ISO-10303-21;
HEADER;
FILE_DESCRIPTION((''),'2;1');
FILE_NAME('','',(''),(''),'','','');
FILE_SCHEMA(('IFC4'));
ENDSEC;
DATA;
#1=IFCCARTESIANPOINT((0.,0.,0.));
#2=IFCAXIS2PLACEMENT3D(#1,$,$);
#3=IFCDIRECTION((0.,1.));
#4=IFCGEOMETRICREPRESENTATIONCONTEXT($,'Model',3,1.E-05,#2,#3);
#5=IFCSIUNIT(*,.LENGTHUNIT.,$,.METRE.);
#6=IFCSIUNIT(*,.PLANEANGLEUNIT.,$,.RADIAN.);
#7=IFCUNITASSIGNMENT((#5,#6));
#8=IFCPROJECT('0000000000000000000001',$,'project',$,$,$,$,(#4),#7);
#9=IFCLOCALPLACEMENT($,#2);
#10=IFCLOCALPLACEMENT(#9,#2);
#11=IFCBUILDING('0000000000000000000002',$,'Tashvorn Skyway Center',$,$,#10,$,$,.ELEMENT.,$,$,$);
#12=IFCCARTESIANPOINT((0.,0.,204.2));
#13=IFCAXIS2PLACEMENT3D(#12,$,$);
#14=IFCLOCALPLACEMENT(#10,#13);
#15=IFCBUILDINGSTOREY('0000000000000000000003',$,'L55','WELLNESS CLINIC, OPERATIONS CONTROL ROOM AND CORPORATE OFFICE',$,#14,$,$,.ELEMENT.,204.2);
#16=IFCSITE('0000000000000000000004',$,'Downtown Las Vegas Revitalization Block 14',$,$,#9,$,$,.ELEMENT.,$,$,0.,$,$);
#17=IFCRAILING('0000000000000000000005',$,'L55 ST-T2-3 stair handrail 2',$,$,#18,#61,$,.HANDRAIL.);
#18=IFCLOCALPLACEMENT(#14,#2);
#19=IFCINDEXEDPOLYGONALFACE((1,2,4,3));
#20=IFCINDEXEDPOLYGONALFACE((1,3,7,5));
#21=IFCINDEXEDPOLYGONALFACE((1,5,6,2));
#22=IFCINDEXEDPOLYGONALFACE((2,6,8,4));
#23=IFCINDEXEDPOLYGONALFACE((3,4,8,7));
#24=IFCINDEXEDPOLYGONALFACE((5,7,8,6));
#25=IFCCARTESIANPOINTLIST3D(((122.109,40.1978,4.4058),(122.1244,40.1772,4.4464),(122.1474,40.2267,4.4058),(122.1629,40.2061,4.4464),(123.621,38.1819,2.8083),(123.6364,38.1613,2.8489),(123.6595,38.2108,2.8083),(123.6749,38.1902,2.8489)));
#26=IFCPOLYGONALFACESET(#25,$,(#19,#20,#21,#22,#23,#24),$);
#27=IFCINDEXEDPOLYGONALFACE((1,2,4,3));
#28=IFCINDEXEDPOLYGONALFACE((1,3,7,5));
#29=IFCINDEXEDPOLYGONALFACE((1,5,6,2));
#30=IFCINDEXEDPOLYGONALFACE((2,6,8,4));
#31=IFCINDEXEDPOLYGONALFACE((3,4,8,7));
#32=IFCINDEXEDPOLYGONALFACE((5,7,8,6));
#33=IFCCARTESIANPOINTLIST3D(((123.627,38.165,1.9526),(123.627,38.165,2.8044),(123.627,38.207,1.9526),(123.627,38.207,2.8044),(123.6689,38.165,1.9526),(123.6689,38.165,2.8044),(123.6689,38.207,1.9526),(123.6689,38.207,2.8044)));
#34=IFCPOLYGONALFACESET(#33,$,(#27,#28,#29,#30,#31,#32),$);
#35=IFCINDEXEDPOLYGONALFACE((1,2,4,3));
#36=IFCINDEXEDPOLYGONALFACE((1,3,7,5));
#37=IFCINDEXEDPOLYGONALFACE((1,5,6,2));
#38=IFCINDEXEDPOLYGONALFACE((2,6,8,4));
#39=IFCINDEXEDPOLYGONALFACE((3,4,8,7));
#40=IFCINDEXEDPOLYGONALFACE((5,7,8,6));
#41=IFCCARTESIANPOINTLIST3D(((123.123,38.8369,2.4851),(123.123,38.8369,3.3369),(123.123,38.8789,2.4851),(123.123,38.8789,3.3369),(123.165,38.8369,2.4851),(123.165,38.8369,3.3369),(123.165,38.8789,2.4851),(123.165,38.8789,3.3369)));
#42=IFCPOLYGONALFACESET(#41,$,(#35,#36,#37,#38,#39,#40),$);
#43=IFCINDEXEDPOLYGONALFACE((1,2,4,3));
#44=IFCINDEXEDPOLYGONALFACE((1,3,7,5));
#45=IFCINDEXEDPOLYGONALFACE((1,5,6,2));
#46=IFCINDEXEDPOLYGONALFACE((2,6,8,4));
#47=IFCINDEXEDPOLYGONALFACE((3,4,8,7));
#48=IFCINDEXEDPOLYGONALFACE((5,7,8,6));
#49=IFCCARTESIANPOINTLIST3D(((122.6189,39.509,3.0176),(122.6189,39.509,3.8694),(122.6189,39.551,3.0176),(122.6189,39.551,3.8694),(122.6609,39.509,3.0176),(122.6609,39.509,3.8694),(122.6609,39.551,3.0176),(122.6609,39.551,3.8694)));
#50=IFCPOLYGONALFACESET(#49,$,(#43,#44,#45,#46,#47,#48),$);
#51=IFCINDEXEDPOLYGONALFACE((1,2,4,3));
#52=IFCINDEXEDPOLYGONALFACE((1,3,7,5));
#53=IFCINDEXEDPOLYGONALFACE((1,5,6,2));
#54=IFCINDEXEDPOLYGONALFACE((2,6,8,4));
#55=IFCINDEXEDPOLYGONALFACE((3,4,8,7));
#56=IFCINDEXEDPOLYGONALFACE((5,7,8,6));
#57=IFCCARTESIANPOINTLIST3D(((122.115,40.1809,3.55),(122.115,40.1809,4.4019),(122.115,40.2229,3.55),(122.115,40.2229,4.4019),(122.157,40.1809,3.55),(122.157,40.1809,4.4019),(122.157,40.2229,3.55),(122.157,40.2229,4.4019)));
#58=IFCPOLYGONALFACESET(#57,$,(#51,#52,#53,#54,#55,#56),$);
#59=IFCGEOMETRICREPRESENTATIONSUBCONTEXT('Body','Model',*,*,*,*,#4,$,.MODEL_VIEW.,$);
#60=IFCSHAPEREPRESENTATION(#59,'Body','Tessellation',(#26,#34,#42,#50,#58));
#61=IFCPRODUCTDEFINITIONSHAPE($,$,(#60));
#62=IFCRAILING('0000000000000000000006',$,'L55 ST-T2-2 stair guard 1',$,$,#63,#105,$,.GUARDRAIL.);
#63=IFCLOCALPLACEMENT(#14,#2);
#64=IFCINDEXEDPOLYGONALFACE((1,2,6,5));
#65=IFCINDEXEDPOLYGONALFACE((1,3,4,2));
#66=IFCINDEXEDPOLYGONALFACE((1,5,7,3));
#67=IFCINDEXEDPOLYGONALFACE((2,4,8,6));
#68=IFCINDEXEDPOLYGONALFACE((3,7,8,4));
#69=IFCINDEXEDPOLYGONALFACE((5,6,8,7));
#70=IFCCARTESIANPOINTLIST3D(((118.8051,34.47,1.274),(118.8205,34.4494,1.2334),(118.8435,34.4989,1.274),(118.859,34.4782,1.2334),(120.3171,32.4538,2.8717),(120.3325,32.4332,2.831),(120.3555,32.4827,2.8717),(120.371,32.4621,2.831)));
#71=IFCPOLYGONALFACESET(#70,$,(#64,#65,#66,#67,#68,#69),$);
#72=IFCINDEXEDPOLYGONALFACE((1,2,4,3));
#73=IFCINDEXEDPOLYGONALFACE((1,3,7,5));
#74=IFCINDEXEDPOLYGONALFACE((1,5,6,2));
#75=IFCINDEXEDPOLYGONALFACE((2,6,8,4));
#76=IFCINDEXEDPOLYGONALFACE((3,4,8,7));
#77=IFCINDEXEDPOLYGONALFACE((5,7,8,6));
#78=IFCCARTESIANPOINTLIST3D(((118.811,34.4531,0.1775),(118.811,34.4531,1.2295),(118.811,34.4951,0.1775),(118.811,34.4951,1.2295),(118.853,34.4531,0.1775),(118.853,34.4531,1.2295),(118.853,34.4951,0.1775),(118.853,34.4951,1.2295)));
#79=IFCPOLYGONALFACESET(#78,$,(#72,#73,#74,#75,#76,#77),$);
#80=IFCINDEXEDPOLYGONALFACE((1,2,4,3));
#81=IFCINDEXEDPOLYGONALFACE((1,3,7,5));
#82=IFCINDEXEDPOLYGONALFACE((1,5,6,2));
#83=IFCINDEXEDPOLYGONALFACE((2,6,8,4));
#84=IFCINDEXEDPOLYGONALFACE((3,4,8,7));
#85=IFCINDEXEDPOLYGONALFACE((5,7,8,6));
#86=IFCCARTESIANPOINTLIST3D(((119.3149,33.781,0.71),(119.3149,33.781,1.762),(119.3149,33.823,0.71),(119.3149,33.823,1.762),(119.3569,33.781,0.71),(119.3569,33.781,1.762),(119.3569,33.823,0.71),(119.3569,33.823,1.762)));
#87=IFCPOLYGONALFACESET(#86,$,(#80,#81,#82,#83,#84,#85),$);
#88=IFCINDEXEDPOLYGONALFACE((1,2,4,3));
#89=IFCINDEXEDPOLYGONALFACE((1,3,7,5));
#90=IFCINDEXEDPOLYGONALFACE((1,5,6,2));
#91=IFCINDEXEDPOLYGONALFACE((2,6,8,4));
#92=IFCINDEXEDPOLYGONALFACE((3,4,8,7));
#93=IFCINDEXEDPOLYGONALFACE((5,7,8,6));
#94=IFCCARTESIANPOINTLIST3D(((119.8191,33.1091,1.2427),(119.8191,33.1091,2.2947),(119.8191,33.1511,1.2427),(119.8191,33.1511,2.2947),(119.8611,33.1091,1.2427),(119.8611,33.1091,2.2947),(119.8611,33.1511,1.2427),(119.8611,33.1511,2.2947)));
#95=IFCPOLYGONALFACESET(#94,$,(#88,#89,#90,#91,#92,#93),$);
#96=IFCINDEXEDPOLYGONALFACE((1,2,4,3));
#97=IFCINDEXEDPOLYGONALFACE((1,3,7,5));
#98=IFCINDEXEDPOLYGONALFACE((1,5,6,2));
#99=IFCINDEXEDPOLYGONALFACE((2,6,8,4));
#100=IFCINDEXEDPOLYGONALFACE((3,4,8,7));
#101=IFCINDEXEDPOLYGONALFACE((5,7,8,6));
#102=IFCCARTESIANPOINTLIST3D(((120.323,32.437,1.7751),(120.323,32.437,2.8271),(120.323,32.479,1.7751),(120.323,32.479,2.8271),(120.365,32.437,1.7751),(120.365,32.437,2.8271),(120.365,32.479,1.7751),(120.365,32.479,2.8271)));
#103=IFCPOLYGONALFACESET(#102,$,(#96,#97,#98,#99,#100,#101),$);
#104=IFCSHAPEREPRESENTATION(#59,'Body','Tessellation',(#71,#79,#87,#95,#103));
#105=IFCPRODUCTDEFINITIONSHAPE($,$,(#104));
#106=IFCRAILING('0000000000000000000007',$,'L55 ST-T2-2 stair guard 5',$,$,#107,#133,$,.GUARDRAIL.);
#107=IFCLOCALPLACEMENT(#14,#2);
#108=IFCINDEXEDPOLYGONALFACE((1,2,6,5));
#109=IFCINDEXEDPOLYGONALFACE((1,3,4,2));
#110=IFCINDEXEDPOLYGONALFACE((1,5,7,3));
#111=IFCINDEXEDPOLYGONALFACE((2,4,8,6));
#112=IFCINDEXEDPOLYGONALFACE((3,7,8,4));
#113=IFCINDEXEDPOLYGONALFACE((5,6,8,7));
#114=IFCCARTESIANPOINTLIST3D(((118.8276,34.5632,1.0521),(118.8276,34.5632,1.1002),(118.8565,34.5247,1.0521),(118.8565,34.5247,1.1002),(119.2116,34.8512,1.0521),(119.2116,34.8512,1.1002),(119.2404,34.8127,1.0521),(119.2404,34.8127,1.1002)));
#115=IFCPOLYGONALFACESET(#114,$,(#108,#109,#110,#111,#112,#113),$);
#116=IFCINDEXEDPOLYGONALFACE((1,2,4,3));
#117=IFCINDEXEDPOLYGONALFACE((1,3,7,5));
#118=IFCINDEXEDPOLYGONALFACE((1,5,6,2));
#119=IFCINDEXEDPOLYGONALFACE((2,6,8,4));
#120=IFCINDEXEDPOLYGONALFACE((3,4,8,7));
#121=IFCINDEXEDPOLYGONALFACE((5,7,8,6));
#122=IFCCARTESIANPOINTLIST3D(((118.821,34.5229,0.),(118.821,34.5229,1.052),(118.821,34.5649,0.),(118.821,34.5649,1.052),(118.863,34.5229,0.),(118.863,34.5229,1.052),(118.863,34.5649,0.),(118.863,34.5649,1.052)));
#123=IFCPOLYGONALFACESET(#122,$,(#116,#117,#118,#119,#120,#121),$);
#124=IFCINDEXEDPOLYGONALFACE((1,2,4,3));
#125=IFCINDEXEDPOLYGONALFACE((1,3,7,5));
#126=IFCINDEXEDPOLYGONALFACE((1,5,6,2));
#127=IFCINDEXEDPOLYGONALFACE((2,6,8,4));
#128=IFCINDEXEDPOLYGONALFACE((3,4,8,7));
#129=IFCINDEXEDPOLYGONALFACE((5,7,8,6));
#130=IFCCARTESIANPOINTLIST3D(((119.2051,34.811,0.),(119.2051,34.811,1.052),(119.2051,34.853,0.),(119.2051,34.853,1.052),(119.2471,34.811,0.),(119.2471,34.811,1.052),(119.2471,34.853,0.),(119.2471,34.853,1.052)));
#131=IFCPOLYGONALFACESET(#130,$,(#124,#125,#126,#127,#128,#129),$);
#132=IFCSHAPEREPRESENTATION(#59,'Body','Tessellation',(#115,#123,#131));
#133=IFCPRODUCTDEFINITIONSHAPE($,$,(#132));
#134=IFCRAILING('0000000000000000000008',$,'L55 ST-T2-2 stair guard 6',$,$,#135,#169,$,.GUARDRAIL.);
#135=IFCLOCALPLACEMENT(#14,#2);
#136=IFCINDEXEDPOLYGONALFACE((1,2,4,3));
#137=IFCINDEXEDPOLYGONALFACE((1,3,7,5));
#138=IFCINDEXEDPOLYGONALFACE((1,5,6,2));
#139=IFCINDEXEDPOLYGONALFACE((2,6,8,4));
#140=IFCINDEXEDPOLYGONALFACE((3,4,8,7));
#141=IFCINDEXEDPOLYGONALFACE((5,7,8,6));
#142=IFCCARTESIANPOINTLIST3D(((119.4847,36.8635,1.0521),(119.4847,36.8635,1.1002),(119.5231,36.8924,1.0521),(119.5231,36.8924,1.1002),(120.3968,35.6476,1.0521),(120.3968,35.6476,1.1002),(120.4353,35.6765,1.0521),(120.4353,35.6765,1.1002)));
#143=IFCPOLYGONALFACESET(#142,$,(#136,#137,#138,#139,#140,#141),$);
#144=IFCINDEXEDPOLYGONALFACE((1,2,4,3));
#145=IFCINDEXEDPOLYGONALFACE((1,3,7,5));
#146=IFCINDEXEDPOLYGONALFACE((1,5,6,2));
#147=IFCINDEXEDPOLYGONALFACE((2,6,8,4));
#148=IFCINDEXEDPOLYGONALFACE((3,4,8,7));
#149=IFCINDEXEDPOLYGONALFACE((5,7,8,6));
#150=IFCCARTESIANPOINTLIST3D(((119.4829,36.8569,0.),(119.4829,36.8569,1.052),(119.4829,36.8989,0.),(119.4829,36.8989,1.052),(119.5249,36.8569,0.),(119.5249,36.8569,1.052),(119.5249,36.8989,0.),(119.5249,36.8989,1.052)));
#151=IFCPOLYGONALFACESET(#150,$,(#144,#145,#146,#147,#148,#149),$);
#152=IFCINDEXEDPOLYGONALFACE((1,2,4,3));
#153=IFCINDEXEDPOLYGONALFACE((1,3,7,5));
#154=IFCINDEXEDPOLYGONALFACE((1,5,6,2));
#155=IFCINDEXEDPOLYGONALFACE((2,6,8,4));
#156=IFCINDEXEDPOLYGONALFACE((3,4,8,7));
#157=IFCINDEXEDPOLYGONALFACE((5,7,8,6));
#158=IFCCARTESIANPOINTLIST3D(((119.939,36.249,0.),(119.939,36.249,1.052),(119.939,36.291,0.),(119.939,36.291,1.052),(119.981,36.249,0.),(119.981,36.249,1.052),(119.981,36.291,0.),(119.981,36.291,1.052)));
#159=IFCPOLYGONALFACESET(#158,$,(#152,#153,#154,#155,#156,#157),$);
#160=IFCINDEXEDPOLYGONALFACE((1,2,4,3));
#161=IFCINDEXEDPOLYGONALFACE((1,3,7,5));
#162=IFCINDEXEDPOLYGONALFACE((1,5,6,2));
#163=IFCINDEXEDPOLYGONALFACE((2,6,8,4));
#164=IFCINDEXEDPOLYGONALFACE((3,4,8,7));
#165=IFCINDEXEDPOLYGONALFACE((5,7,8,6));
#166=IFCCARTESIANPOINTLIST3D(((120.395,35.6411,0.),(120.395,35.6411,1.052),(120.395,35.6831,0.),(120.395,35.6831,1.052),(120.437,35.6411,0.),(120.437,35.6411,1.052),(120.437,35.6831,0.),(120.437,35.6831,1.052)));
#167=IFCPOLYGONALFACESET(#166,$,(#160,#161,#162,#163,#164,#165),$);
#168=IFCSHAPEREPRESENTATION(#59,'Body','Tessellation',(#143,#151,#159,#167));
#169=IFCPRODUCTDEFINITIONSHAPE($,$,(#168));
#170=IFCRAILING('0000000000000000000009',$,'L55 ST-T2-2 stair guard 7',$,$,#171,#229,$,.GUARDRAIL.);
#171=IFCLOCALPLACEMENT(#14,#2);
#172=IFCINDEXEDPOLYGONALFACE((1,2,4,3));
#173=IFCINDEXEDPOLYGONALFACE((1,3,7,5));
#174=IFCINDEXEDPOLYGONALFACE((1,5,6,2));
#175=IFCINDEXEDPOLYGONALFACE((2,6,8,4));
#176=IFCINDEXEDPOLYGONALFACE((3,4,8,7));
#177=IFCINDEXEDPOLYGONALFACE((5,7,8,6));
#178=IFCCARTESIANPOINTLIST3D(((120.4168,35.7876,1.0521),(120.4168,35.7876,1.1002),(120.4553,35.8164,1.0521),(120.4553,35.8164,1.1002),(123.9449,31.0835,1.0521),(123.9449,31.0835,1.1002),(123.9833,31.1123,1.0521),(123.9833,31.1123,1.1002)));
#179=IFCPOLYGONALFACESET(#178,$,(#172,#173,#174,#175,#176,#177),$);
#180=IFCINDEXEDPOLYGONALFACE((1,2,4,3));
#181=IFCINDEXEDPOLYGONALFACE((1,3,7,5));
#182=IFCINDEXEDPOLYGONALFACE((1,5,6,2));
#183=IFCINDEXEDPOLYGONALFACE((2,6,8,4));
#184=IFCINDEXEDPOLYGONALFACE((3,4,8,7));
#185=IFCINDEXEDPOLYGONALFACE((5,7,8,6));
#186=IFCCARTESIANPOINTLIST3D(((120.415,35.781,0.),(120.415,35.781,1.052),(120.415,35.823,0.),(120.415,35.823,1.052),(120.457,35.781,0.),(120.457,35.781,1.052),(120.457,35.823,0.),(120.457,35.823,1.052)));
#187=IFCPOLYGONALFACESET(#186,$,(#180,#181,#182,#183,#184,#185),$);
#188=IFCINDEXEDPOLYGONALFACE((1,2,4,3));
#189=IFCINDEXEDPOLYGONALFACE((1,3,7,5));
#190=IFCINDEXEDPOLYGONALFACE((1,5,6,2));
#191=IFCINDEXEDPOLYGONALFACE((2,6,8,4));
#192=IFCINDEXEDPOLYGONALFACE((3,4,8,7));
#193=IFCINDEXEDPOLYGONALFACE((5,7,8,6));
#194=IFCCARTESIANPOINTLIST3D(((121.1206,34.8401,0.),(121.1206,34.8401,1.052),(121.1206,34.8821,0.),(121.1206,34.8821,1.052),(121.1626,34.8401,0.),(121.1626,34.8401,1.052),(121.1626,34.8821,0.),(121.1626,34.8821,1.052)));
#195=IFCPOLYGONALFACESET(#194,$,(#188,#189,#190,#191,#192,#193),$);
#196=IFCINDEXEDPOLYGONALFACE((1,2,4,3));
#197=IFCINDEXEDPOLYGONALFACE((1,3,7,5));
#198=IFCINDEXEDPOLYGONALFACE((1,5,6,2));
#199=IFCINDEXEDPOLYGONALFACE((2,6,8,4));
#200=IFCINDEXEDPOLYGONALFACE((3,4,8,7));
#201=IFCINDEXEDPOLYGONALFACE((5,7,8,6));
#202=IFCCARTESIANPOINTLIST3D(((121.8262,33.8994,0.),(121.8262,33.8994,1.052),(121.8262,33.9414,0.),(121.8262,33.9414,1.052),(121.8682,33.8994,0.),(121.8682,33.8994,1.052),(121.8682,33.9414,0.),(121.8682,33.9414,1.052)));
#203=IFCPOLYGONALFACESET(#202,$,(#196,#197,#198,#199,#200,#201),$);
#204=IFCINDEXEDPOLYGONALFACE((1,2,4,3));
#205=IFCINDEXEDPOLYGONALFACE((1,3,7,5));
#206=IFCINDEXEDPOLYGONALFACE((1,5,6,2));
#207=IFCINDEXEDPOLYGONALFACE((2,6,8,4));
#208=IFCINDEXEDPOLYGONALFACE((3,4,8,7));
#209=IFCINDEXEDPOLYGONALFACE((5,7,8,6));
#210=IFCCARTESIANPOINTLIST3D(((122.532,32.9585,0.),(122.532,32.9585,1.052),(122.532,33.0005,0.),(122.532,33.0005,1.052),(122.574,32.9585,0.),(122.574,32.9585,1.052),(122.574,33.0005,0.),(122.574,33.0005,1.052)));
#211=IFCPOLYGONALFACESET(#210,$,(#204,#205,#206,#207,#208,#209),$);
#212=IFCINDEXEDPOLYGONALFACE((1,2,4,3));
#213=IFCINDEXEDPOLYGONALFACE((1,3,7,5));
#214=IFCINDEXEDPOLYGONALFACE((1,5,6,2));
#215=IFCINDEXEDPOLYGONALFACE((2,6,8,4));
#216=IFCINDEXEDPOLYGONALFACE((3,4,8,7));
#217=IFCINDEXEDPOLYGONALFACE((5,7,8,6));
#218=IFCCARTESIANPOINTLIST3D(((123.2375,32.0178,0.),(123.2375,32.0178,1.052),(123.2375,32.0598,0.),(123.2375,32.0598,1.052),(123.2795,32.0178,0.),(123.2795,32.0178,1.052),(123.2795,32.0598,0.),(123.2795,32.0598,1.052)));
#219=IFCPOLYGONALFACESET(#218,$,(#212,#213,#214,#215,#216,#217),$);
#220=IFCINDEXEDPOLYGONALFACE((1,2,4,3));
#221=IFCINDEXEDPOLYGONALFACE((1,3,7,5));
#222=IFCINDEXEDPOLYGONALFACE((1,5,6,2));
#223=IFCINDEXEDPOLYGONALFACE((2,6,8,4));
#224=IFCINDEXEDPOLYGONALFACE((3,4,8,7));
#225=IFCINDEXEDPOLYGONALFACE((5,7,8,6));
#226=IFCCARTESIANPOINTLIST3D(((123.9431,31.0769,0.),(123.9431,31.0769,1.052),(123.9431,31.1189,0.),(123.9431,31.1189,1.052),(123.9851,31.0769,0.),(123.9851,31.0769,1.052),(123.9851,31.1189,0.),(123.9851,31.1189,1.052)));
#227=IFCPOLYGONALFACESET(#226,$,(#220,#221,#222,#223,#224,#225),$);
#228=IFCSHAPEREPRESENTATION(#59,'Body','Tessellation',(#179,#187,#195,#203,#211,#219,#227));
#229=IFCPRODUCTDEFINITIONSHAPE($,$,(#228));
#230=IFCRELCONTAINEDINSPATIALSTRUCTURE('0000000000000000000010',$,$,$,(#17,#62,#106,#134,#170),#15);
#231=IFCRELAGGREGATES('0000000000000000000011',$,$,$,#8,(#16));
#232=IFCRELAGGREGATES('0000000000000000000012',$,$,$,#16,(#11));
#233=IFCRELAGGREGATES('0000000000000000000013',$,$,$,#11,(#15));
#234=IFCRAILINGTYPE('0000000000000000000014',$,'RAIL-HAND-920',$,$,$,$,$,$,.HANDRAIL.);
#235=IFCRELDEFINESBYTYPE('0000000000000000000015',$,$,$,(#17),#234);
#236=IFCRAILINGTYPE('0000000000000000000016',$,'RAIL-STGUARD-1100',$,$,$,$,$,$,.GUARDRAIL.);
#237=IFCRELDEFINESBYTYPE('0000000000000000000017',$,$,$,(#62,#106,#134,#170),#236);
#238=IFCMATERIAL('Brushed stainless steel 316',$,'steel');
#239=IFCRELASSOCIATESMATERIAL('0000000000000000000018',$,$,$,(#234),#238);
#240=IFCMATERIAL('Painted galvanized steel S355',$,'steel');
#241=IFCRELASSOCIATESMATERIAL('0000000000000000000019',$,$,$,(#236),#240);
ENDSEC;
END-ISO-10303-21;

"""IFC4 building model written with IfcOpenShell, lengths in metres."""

from ifc_helpers import new_model, si_unit, direction, frame, origin, origin_2d, place, context, subcontext, project, spatial, rectangle, extrude, material, type_object, element, save


model = new_model("IFC4")

# Units and contexts
model_context = context("Model", 3, precision=1e-05, world=origin(), true_north=direction((0.0, 1.0)))
body_context = subcontext(model_context, "Body", "Model", "MODEL_VIEW")
ifc_project = project(units=[si_unit("LENGTHUNIT", "METRE"), si_unit("PLANEANGLEUNIT", "RADIAN")], contexts=[model_context])

# Site, building, storey
site_placement = place(None, origin())
site = spatial("IfcSite", under=ifc_project, at=site_placement, Name="Downtown Las Vegas Revitalization Block 14", CompositionType="ELEMENT", RefElevation=0.0)
building_placement = place(site_placement, origin())
building = spatial("IfcBuilding", under=site, at=building_placement, Name="Tashvorn Skyway Center", CompositionType="ELEMENT")
storey_placement = place(building_placement, frame((0.0, 0.0, 204.2)))
storey = spatial("IfcBuildingStorey", under=building, at=storey_placement, Name="L55", Description="WELLNESS CLINIC, OPERATIONS CONTROL ROOM AND CORPORATE OFFICE", CompositionType="ELEMENT", Elevation=204.2)

# Railings
ifc_material_1 = material(Name="Brushed stainless steel 316", Category="steel")
railing_type_1 = type_object("IfcRailingType", Name="RAIL-HAND-920", PredefinedType="HANDRAIL", material=ifc_material_1)
railing_1_placement = place(storey_placement, frame((123.6479, 38.186, 1.9526)))
element("IfcRailing", 1, at=railing_1_placement, inside=storey, type_object=railing_type_1, Name="L55 ST-T2-3 stair handrail 2", PredefinedType="HANDRAIL", context=body_context, shape_type="SweptSolid", body=[
    extrude(rectangle(XDim=0.0481, YDim=0.0481, at=origin_2d()), frame((0.0, 0.0, 0.876), z_axis=(-0.506769, 0.675664, 0.535409), x_axis=(-0.799988, -0.600016, 0.0)), (0.0, 0.0, 1.0), 2.9836),
    extrude(rectangle(XDim=0.042, YDim=0.042, at=origin_2d()), origin(), (0.0, 0.0, 1.0), 0.8518),
    extrude(rectangle(XDim=0.042, YDim=0.042, at=origin_2d()), frame((-0.5039, 0.6719, 0.5325)), (0.0, 0.0, 1.0), 0.8518),
    extrude(rectangle(XDim=0.042, YDim=0.042, at=origin_2d()), frame((-1.0081, 1.344, 1.0649)), (0.0, 0.0, 1.0), 0.8518),
    extrude(rectangle(XDim=0.042, YDim=0.042, at=origin_2d()), frame((-1.512, 2.0159, 1.5974)), (0.0, 0.0, 1.0), 0.8518),
])
ifc_material_2 = material(Name="Painted galvanized steel S355", Category="steel")
railing_type_2 = type_object("IfcRailingType", Name="RAIL-STGUARD-1100", PredefinedType="GUARDRAIL", material=ifc_material_2)
railing_2_placement = place(storey_placement, frame((118.832, 34.4741, 0.1775)))
element("IfcRailing", 2, at=railing_2_placement, inside=storey, type_object=railing_type_2, Name="L55 ST-T2-2 stair guard 1", PredefinedType="GUARDRAIL", context=body_context, shape_type="SweptSolid", body=[
    extrude(rectangle(XDim=0.0481, YDim=0.0481, at=origin_2d()), frame((0.0, 0.0, 1.0762), z_axis=(0.506719, -0.675679, 0.535438), x_axis=(0.800023, 0.599969, 0.0)), (0.0, 0.0, 1.0), 2.9839),
    extrude(rectangle(XDim=0.042, YDim=0.042, at=origin_2d()), origin(), (0.0, 0.0, 1.0), 1.052),
    extrude(rectangle(XDim=0.042, YDim=0.042, at=origin_2d()), frame((0.5039, -0.6721, 0.5325)), (0.0, 0.0, 1.0), 1.052),
    extrude(rectangle(XDim=0.042, YDim=0.042, at=origin_2d()), frame((1.0081, -1.344, 1.0652)), (0.0, 0.0, 1.0), 1.052),
    extrude(rectangle(XDim=0.042, YDim=0.042, at=origin_2d()), frame((1.512, -2.0161, 1.5977)), (0.0, 0.0, 1.0), 1.052),
])
railing_3_placement = place(storey_placement, frame((118.842, 34.5439, 0.0)))
element("IfcRailing", 3, at=railing_3_placement, inside=storey, type_object=railing_type_2, Name="L55 ST-T2-2 stair guard 5", PredefinedType="GUARDRAIL", context=body_context, shape_type="SweptSolid", body=[
    extrude(rectangle(XDim=0.0481, YDim=0.0481, at=origin_2d()), frame((0.0, 0.0, 1.0762), z_axis=(0.799939, 0.600081, 0.0), x_axis=(-0.600081, 0.799939, 0.0)), (0.0, 0.0, 1.0), 0.48),
    extrude(rectangle(XDim=0.042, YDim=0.042, at=origin_2d()), origin(), (0.0, 0.0, 1.0), 1.052),
    extrude(rectangle(XDim=0.042, YDim=0.042, at=origin_2d()), frame((0.384, 0.2881, 0.0)), (0.0, 0.0, 1.0), 1.052),
])
railing_4_placement = place(storey_placement, frame((119.5039, 36.8779, 0.0)))
element("IfcRailing", 4, at=railing_4_placement, inside=storey, type_object=railing_type_2, Name="L55 ST-T2-2 stair guard 6", PredefinedType="GUARDRAIL", context=body_context, shape_type="SweptSolid", body=[
    extrude(rectangle(XDim=0.0481, YDim=0.0481, at=origin_2d()), frame((0.0, 0.0, 1.0762), z_axis=(0.600103, -0.799923, 0.0), x_axis=(0.799923, 0.600103, 0.0)), (0.0, 0.0, 1.0), 1.52),
    extrude(rectangle(XDim=0.042, YDim=0.042, at=origin_2d()), origin(), (0.0, 0.0, 1.0), 1.052),
    extrude(rectangle(XDim=0.042, YDim=0.042, at=origin_2d()), frame((0.4561, -0.6079, 0.0)), (0.0, 0.0, 1.0), 1.052),
    extrude(rectangle(XDim=0.042, YDim=0.042, at=origin_2d()), frame((0.9121, -1.2158, 0.0)), (0.0, 0.0, 1.0), 1.052),
])
railing_5_placement = place(storey_placement, frame((120.436, 35.802, 0.0)))
element("IfcRailing", 5, at=railing_5_placement, inside=storey, type_object=railing_type_2, Name="L55 ST-T2-2 stair guard 7", PredefinedType="GUARDRAIL", context=body_context, shape_type="SweptSolid", body=[
    extrude(rectangle(XDim=0.0481, YDim=0.0481, at=origin_2d()), frame((0.0, 0.0, 1.0762), z_axis=(0.6, -0.8, 0.0), x_axis=(0.8, 0.6, 0.0)), (0.0, 0.0, 1.0), 5.8801),
    extrude(rectangle(XDim=0.042, YDim=0.042, at=origin_2d()), origin(), (0.0, 0.0, 1.0), 1.052),
    extrude(rectangle(XDim=0.042, YDim=0.042, at=origin_2d()), frame((0.7056, -0.9409, 0.0)), (0.0, 0.0, 1.0), 1.052),
    extrude(rectangle(XDim=0.042, YDim=0.042, at=origin_2d()), frame((1.4111, -1.8816, 0.0)), (0.0, 0.0, 1.0), 1.052),
    extrude(rectangle(XDim=0.042, YDim=0.042, at=origin_2d()), frame((2.1169, -2.8225, 0.0)), (0.0, 0.0, 1.0), 1.052),
    extrude(rectangle(XDim=0.042, YDim=0.042, at=origin_2d()), frame((2.8225, -3.7632, 0.0)), (0.0, 0.0, 1.0), 1.052),
    extrude(rectangle(XDim=0.042, YDim=0.042, at=origin_2d()), frame((3.5281, -4.7041, 0.0)), (0.0, 0.0, 1.0), 1.052),
])

save(model, "model.ifc")
